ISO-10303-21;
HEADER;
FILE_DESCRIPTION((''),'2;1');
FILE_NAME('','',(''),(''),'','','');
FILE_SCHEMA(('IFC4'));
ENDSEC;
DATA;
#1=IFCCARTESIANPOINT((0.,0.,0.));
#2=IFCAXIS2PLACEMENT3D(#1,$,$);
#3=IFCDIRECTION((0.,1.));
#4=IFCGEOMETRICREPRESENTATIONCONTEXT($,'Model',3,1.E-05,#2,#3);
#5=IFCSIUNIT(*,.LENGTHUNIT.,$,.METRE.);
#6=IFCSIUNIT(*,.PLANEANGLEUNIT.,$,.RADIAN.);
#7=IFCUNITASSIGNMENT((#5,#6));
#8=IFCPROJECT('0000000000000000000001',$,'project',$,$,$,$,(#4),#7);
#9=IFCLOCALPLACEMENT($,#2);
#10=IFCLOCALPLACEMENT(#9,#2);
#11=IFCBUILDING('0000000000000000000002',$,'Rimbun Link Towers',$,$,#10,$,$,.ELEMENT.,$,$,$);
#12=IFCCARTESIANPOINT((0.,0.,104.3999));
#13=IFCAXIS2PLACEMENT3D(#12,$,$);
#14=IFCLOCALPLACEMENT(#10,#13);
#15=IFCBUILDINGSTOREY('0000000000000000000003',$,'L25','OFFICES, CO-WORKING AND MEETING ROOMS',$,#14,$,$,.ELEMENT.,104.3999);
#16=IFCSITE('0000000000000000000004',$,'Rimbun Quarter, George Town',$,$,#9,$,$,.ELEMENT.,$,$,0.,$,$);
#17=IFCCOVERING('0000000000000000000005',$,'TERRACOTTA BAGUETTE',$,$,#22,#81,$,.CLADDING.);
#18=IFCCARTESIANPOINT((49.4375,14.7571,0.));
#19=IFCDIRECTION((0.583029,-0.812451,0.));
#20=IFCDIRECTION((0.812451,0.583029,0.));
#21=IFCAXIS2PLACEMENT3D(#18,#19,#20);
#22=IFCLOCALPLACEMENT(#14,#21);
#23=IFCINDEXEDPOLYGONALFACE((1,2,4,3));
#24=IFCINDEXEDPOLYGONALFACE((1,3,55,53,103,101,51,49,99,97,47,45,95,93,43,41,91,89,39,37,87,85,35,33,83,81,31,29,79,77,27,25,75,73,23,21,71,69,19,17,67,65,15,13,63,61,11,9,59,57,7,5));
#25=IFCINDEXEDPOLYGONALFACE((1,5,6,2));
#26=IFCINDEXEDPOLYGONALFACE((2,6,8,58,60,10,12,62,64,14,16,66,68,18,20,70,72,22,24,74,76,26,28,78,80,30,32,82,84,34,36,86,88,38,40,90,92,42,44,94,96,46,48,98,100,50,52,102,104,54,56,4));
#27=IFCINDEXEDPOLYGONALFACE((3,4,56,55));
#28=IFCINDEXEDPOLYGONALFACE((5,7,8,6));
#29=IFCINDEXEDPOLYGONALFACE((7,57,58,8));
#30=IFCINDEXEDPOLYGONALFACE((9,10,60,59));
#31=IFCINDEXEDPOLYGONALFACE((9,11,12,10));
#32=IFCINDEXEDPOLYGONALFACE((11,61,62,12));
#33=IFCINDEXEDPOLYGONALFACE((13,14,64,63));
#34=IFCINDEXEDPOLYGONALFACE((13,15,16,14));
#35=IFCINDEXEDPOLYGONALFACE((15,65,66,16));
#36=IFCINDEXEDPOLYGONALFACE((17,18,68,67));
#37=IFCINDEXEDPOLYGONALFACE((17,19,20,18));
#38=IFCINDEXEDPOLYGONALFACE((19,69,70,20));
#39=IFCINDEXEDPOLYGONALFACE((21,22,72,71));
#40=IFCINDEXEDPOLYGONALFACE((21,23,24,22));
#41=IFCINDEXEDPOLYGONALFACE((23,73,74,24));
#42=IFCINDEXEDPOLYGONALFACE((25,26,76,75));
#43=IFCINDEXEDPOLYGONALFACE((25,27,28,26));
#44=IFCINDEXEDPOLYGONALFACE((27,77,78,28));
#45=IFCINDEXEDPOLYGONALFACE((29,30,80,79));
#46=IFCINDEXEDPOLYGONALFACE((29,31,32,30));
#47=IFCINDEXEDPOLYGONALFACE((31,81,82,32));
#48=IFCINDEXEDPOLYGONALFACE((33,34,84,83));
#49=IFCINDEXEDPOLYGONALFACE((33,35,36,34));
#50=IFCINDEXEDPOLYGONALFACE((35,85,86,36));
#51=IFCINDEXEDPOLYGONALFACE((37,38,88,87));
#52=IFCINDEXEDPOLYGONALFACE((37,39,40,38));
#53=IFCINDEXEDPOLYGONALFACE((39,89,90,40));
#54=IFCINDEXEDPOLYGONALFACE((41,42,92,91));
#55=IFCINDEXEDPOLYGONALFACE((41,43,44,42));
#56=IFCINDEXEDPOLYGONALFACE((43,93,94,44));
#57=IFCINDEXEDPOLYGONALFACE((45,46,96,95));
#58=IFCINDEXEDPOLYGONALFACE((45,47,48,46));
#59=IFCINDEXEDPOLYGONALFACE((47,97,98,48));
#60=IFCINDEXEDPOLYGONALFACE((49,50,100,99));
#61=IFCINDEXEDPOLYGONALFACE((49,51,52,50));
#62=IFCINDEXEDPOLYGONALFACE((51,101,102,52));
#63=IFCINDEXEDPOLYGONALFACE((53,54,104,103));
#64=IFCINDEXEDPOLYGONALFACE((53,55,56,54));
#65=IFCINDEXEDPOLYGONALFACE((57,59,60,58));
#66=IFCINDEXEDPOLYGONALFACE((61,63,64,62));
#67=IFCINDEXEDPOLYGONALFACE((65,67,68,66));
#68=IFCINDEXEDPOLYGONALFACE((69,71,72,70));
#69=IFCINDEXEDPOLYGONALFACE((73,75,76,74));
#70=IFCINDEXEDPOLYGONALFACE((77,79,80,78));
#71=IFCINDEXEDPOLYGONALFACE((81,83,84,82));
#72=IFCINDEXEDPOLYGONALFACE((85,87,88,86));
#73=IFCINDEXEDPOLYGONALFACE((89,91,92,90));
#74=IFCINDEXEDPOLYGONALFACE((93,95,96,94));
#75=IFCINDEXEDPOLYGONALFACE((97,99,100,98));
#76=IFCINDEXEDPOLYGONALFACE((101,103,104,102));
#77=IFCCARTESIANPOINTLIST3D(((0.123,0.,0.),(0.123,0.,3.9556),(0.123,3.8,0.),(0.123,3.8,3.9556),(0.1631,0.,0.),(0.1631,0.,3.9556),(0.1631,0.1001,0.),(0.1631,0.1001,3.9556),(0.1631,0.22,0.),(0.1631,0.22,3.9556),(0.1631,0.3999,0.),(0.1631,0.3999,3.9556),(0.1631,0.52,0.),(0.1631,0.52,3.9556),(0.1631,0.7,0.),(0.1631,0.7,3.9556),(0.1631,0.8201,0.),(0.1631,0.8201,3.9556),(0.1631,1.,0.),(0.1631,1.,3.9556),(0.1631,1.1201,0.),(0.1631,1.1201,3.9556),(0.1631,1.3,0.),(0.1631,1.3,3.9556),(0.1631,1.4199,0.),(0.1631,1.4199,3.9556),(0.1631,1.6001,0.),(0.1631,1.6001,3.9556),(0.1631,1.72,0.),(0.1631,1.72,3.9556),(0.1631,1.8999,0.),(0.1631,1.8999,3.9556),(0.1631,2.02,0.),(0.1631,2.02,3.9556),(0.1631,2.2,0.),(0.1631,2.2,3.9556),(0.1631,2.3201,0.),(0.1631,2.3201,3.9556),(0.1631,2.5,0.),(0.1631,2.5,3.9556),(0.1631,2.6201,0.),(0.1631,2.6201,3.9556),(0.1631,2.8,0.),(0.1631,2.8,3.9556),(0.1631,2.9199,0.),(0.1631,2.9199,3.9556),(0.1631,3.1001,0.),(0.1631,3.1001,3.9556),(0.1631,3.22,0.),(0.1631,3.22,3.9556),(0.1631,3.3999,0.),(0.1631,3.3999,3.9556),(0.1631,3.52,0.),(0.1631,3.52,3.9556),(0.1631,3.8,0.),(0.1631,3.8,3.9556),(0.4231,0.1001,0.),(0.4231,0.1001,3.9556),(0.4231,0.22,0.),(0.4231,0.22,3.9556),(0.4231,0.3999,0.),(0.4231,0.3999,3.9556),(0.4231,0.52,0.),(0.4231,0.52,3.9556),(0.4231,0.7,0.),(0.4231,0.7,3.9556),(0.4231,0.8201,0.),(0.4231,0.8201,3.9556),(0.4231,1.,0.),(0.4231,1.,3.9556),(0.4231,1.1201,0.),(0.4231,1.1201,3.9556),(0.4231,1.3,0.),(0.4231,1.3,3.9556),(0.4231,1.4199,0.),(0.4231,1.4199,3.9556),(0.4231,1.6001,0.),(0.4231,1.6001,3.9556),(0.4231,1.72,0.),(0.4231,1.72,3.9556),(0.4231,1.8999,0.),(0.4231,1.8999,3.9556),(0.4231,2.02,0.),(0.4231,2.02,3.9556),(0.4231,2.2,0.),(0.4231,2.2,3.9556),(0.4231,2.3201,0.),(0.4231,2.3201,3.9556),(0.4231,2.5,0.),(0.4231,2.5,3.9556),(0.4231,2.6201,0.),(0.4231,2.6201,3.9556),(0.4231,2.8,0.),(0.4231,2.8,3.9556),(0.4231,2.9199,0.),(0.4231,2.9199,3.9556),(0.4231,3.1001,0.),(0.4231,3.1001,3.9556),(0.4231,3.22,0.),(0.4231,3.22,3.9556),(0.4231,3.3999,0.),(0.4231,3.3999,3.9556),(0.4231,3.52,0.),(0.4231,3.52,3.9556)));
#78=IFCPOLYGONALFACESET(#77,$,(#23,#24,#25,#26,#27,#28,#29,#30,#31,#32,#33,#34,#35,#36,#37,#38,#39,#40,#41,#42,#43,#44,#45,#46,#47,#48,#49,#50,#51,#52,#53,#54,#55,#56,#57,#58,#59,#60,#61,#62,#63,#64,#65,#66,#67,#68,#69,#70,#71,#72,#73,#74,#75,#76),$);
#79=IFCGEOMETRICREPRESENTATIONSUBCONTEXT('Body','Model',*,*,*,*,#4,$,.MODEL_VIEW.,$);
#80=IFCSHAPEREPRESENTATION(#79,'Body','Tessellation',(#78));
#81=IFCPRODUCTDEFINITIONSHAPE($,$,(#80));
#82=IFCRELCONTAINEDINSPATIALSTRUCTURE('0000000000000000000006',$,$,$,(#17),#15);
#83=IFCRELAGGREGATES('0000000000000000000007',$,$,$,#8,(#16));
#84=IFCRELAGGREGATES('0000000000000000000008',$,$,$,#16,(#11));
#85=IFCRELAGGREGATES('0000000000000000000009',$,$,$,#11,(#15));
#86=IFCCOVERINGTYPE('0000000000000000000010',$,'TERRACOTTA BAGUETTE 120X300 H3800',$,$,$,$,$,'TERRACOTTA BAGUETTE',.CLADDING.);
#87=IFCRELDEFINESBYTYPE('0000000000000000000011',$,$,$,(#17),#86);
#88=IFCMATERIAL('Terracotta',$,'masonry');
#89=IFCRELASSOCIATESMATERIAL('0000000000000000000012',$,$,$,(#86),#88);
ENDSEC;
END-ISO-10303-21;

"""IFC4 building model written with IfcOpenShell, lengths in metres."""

from ifc_helpers import new_model, si_unit, direction, frame, origin, place, context, subcontext, project, spatial, polyline, outline, extrude, material, material_profile, profile_set, type_object, element, save


model = new_model("IFC4")

# Units and contexts
model_context = context("Model", 3, precision=1e-05, world=origin(), true_north=direction((0.0, 1.0)))
body_context = subcontext(model_context, "Body", "Model", "MODEL_VIEW")
ifc_project = project(units=[si_unit("LENGTHUNIT", "METRE"), si_unit("PLANEANGLEUNIT", "RADIAN")], contexts=[model_context])

# Site, building, storey
site_placement = place(None, origin())
site = spatial("IfcSite", under=ifc_project, at=site_placement, Name="Rimbun Quarter, George Town", CompositionType="ELEMENT", RefElevation=0.0)
building_placement = place(site_placement, origin())
building = spatial("IfcBuilding", under=site, at=building_placement, Name="Rimbun Link Towers", CompositionType="ELEMENT")
storey_placement = place(building_placement, frame((0.0, 0.0, 104.3999)))
storey = spatial("IfcBuildingStorey", under=building, at=storey_placement, Name="L25", Description="OFFICES, CO-WORKING AND MEETING ROOMS", CompositionType="ELEMENT", Elevation=104.3999)

# Covering
ifc_material_1 = material(Name="Terracotta", Category="masonry")
ifc_material_profile_1 = material_profile(ifc_material_1, outline(polyline([(0.123, 0.0), (0.1631, 0.0), (0.1631, 0.1001), (0.4231, 0.1001), (0.4231, 0.22), (0.1631, 0.22), (0.1631, 0.3999), (0.4231, 0.3999), (0.4231, 0.52), (0.1631, 0.52), (0.1631, 0.7), (0.4231, 0.7), (0.4231, 0.8201), (0.1631, 0.8201), (0.1631, 1.0), (0.4231, 1.0), (0.4231, 1.1201), (0.1631, 1.1201), (0.1631, 1.3), (0.4231, 1.3), (0.4231, 1.4199), (0.1631, 1.4199), (0.1631, 1.6001), (0.4231, 1.6001), (0.4231, 1.72), (0.1631, 1.72), (0.1631, 1.8999), (0.4231, 1.8999), (0.4231, 2.02), (0.1631, 2.02), (0.1631, 2.2), (0.4231, 2.2), (0.4231, 2.3201), (0.1631, 2.3201), (0.1631, 2.5), (0.4231, 2.5), (0.4231, 2.6201), (0.1631, 2.6201), (0.1631, 2.8), (0.4231, 2.8), (0.4231, 2.9199), (0.1631, 2.9199), (0.1631, 3.1001), (0.4231, 3.1001), (0.4231, 3.22), (0.1631, 3.22), (0.1631, 3.3999), (0.4231, 3.3999), (0.4231, 3.52), (0.1631, 3.52), (0.1631, 3.8), (0.123, 3.8), (0.123, 0.0)])), Name="BAGUETTE 120X300")
ifc_profile_set_1 = profile_set([ifc_material_profile_1], Name="Terracotta")
covering_type = type_object("IfcCoveringType", Name="TERRACOTTA BAGUETTE 120X300 H3800", ElementType="TERRACOTTA BAGUETTE", PredefinedType="CLADDING", material=ifc_profile_set_1)
covering_1_placement = place(storey_placement, frame((49.4375, 14.7571, 0.0), z_axis=(0.583029, -0.812451, 0.0), x_axis=(0.812451, 0.583029, 0.0)))
element("IfcCovering", 1, at=covering_1_placement, inside=storey, type_object=covering_type, Name="TERRACOTTA BAGUETTE", PredefinedType="CLADDING", context=body_context, shape_type="SweptSolid", body=[
    extrude(outline(polyline([(0.123, 0.0), (0.1631, 0.0), (0.1631, 0.1001), (0.4231, 0.1001), (0.4231, 0.22), (0.1631, 0.22), (0.1631, 0.3999), (0.4231, 0.3999), (0.4231, 0.52), (0.1631, 0.52), (0.1631, 0.7), (0.4231, 0.7), (0.4231, 0.8201), (0.1631, 0.8201), (0.1631, 1.0), (0.4231, 1.0), (0.4231, 1.1201), (0.1631, 1.1201), (0.1631, 1.3), (0.4231, 1.3), (0.4231, 1.4199), (0.1631, 1.4199), (0.1631, 1.6001), (0.4231, 1.6001), (0.4231, 1.72), (0.1631, 1.72), (0.1631, 1.8999), (0.4231, 1.8999), (0.4231, 2.02), (0.1631, 2.02), (0.1631, 2.2), (0.4231, 2.2), (0.4231, 2.3201), (0.1631, 2.3201), (0.1631, 2.5), (0.4231, 2.5), (0.4231, 2.6201), (0.1631, 2.6201), (0.1631, 2.8), (0.4231, 2.8), (0.4231, 2.9199), (0.1631, 2.9199), (0.1631, 3.1001), (0.4231, 3.1001), (0.4231, 3.22), (0.1631, 3.22), (0.1631, 3.3999), (0.4231, 3.3999), (0.4231, 3.52), (0.1631, 3.52), (0.1631, 3.8), (0.123, 3.8), (0.123, 0.0)])), origin(), (0.0, 0.0, 1.0), 3.9556),
])

save(model, "model.ifc")
